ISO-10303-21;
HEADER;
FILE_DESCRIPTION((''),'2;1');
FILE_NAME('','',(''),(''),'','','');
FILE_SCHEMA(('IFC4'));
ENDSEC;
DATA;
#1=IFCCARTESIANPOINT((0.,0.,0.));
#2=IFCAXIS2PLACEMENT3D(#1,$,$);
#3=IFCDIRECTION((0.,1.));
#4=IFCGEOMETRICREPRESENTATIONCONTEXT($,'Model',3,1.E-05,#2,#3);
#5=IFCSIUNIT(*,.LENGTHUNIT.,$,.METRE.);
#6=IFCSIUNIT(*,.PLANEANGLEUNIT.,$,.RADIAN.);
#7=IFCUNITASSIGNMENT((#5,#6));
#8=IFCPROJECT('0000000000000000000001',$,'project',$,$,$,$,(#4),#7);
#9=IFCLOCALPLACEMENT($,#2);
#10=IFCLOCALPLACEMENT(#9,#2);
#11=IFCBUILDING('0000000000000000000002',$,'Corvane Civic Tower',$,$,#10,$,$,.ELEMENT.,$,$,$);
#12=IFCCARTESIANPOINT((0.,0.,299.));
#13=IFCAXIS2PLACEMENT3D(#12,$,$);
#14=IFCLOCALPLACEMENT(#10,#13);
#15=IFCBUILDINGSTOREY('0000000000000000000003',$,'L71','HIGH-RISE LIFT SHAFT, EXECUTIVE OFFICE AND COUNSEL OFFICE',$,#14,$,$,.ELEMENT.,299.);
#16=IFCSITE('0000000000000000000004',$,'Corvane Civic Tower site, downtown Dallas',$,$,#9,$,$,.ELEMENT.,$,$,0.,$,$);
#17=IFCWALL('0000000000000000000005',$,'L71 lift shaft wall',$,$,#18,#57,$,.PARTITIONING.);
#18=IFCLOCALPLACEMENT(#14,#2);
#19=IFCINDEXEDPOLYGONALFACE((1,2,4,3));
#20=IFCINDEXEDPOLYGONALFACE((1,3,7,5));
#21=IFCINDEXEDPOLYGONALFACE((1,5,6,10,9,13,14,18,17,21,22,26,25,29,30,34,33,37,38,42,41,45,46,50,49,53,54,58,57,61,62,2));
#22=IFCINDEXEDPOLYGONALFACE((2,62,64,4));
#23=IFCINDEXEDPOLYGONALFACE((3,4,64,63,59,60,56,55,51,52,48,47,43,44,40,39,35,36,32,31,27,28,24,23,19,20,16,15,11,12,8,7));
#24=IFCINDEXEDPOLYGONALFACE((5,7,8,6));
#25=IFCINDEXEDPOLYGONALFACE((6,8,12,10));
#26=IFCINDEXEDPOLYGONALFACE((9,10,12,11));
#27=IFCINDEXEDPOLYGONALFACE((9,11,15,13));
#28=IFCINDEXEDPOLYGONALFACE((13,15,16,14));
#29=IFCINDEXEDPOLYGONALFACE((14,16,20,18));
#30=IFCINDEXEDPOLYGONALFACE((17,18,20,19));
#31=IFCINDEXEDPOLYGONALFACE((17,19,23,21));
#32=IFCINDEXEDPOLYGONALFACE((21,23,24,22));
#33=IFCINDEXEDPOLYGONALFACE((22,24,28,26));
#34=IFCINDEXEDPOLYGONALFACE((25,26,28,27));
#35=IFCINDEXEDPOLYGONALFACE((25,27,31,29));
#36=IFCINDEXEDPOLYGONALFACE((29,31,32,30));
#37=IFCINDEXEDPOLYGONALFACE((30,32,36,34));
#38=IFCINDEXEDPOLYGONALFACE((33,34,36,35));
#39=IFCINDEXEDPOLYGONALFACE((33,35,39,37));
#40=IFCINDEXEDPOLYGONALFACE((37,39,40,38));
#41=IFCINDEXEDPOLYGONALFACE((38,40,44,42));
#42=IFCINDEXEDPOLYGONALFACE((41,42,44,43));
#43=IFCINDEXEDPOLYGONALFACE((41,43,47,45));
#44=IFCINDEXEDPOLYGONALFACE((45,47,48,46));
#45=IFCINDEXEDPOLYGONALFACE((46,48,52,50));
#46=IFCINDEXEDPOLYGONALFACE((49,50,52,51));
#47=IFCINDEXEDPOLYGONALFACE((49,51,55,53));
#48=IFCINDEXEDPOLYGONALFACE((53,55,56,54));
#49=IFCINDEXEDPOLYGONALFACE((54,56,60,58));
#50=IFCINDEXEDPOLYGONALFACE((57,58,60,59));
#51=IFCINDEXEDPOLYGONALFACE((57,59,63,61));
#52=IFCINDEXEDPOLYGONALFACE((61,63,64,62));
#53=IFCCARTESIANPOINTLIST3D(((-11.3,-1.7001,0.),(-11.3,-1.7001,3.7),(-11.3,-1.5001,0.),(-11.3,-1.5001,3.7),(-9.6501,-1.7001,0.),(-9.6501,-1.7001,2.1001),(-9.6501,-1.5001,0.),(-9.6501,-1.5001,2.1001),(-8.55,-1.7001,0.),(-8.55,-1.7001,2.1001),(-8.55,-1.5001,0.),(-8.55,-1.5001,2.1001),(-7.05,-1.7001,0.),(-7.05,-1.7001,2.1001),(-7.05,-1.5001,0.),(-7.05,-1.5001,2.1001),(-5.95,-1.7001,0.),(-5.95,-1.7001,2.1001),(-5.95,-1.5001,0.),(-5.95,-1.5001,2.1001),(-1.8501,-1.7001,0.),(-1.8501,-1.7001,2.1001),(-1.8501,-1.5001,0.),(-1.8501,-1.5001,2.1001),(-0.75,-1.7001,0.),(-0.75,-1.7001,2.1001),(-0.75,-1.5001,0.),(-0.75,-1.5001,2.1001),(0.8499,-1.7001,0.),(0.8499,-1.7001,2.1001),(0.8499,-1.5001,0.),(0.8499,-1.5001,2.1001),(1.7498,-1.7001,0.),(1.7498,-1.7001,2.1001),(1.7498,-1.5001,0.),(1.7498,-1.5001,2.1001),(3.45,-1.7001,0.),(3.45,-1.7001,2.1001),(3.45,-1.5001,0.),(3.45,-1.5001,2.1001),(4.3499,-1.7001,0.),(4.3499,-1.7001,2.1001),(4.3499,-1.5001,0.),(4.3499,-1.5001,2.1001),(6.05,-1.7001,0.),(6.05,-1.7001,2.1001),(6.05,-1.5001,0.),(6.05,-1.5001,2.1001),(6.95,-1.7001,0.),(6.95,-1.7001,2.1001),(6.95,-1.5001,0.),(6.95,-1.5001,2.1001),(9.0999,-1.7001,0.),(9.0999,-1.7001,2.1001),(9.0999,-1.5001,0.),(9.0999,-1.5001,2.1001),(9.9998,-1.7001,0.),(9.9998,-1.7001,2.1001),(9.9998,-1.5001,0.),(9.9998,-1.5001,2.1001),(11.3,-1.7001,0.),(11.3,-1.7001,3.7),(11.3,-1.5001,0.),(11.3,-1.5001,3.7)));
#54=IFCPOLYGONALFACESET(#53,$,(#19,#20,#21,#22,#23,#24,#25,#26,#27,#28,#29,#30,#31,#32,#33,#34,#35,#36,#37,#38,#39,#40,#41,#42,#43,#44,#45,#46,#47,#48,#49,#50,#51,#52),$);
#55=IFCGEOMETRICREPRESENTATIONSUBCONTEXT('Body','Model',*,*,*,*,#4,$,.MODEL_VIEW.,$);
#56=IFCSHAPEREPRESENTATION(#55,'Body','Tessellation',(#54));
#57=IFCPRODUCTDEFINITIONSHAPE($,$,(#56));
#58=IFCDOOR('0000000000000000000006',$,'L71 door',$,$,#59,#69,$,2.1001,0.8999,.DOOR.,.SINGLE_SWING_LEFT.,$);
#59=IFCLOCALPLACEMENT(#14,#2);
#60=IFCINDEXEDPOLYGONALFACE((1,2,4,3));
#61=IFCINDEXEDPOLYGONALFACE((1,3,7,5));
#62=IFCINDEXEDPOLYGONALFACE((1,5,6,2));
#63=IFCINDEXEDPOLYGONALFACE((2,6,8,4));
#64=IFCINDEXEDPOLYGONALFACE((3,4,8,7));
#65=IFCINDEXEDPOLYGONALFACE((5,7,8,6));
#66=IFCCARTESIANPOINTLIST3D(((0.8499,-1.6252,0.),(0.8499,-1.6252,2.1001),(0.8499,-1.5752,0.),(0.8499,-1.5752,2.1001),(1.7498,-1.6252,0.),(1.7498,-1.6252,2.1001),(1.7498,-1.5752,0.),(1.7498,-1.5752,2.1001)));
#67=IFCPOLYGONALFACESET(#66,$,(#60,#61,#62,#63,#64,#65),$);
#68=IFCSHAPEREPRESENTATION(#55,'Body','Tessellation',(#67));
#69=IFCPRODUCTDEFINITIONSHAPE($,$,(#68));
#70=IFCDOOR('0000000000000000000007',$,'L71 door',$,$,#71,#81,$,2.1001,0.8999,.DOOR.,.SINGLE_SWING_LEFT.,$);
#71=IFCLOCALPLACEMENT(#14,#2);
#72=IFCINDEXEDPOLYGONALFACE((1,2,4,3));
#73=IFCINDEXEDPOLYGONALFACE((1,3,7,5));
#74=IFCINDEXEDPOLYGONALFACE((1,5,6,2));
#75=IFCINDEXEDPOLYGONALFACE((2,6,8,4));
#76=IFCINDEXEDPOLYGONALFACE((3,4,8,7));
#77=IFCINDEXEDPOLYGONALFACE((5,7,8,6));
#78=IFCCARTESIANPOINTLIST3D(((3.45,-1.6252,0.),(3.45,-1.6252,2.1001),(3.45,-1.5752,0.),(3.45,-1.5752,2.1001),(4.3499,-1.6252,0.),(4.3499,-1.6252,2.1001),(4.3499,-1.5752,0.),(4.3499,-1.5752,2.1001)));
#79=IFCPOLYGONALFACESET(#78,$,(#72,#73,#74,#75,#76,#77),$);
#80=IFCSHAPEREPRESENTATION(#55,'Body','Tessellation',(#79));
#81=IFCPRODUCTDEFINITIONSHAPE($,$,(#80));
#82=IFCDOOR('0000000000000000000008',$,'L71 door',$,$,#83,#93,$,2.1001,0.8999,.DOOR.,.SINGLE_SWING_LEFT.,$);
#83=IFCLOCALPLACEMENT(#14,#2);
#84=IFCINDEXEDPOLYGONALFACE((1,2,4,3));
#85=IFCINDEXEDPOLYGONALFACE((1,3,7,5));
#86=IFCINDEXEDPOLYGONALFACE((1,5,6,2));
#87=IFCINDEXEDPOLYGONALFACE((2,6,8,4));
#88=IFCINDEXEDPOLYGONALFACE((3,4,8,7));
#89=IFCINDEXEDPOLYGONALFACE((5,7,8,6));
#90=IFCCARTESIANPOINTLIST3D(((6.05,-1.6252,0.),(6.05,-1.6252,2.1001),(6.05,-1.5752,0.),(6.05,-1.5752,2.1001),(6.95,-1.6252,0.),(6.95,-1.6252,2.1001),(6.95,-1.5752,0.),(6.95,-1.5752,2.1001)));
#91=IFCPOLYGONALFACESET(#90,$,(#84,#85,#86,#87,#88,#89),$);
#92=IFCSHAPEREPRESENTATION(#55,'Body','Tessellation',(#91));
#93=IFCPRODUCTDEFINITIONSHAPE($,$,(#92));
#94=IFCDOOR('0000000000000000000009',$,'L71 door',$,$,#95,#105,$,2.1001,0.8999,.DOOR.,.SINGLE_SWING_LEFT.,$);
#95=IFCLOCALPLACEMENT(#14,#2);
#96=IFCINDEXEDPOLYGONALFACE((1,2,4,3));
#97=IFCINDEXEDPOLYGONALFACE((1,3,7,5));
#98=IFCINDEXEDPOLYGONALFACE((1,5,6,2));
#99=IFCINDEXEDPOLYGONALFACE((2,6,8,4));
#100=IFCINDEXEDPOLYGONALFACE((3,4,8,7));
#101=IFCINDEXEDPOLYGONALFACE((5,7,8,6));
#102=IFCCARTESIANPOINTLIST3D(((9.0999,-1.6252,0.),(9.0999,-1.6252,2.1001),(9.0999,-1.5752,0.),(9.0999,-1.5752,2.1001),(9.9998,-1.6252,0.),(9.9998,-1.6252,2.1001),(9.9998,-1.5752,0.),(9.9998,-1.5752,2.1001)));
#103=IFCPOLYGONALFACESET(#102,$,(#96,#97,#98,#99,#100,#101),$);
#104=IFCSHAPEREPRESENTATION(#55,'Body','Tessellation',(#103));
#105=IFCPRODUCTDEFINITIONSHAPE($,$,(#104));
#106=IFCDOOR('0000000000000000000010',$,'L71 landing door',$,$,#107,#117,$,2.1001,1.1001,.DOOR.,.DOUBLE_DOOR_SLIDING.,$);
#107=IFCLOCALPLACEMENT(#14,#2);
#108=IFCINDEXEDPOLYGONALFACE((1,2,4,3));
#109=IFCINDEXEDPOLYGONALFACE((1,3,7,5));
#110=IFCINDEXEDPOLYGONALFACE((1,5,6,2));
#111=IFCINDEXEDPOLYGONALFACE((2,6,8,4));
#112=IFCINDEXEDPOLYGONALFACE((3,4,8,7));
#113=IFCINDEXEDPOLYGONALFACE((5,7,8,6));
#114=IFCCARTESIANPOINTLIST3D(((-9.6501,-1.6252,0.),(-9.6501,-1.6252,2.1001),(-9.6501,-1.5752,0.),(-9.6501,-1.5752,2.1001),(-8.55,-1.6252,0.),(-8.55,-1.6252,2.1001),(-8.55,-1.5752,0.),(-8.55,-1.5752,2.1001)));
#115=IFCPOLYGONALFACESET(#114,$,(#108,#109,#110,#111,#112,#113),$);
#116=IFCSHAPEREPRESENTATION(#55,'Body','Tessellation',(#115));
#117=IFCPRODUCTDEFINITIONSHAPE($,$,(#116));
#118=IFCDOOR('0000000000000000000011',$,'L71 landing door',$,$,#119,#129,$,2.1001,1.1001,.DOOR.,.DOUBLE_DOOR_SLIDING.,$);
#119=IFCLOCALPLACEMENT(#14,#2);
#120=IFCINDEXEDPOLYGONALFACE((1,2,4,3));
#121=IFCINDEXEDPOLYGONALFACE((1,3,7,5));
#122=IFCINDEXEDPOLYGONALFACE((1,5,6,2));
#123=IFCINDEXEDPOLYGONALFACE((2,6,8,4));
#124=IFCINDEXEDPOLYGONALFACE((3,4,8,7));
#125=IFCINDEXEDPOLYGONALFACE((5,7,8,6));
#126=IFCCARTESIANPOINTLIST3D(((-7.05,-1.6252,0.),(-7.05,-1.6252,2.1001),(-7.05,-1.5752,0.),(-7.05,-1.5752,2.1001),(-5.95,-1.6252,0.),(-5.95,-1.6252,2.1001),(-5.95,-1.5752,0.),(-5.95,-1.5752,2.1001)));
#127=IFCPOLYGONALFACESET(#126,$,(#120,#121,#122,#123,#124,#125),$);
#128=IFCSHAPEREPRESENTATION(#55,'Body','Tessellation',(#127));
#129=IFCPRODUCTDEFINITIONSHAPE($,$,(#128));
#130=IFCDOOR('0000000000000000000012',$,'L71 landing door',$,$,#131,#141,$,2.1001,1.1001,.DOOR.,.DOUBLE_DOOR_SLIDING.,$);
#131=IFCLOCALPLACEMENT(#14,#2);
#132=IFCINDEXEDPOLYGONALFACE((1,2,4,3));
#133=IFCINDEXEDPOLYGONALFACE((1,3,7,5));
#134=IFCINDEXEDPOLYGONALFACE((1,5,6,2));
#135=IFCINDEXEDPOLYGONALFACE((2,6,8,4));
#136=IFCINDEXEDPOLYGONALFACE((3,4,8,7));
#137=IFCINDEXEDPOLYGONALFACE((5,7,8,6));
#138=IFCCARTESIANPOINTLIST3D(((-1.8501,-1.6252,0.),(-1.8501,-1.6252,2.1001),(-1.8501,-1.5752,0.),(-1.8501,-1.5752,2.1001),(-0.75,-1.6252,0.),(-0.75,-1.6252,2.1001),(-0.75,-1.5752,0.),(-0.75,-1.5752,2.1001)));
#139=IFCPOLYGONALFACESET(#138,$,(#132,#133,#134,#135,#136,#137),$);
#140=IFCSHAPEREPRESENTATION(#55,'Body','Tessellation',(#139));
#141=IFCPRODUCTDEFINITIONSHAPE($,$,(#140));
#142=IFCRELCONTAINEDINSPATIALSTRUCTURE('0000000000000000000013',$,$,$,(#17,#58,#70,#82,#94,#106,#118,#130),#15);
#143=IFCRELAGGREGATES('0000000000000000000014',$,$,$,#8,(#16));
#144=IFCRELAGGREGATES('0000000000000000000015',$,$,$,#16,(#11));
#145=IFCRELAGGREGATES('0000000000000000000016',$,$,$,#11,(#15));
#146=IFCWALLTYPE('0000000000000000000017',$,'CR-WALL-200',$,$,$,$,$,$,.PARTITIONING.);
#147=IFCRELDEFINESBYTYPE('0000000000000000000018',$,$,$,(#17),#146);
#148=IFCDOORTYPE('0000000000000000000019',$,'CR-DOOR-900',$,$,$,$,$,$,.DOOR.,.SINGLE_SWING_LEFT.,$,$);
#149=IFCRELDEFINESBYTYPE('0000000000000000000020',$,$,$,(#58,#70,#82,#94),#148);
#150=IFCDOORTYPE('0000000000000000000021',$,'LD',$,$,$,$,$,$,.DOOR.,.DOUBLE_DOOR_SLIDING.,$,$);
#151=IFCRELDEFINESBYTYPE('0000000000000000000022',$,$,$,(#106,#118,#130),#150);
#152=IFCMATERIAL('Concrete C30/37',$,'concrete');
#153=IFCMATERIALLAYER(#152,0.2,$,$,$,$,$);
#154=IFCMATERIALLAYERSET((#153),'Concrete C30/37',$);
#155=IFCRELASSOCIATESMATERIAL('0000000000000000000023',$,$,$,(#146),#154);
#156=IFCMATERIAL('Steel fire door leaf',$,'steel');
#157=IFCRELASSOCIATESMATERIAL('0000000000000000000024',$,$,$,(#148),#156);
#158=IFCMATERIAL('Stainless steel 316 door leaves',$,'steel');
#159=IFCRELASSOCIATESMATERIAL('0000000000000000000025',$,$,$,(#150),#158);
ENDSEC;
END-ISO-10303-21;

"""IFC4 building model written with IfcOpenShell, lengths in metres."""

from ifc_helpers import new_model, si_unit, direction, frame, frame_2d, origin, place, context, subcontext, project, spatial, rectangle, extrude, material, layer, layer_set, type_object, element, fill, save


model = new_model("IFC4")

# Units and contexts
model_context = context("Model", 3, precision=1e-05, world=origin(), true_north=direction((0.0, 1.0)))
body_context = subcontext(model_context, "Body", "Model", "MODEL_VIEW")
ifc_project = project(units=[si_unit("LENGTHUNIT", "METRE"), si_unit("PLANEANGLEUNIT", "RADIAN")], contexts=[model_context])

# Site, building, storey
site_placement = place(None, origin())
site = spatial("IfcSite", under=ifc_project, at=site_placement, Name="Corvane Civic Tower site, downtown Dallas", CompositionType="ELEMENT", RefElevation=0.0)
building_placement = place(site_placement, origin())
building = spatial("IfcBuilding", under=site, at=building_placement, Name="Corvane Civic Tower", CompositionType="ELEMENT")
storey_placement = place(building_placement, frame((0.0, 0.0, 299.0)))
storey = spatial("IfcBuildingStorey", under=building, at=storey_placement, Name="L71", Description="HIGH-RISE LIFT SHAFT, EXECUTIVE OFFICE AND COUNSEL OFFICE", CompositionType="ELEMENT", Elevation=299.0)

# Wall, openings, doors
ifc_material_1 = material(Name="Concrete C30/37", Category="concrete")
ifc_layer_1 = layer(ifc_material_1, 0.2)
ifc_layer_set_1 = layer_set([ifc_layer_1], Name="Concrete C30/37")
wall_type_1 = type_object("IfcWallType", Name="CR-WALL-200", PredefinedType="PARTITIONING", material=ifc_layer_set_1)
ifc_material_2 = material(Name="Steel fire door leaf", Category="steel")
door_type_1 = type_object("IfcDoorType", Name="CR-DOOR-900", OperationType="SINGLE_SWING_LEFT", PredefinedType="DOOR", material=ifc_material_2)
wall_1_placement = place(storey_placement, frame((-11.3, -1.6001, 0.0), z_axis=(0.0, 0.0, 1.0), x_axis=(1.0, 0.0, 0.0)))
wall_1 = element("IfcWall", 1, at=wall_1_placement, inside=storey, type_object=wall_type_1, Name="L71 lift shaft wall", PredefinedType="PARTITIONING", context=body_context, shape_type="SweptSolid", body=[
    extrude(rectangle(XDim=22.6001, YDim=0.2, at=frame_2d((11.3, 0.0))), origin(), (0.0, 0.0, 1.0), 3.7),
])
opening_1_placement = place(wall_1_placement, frame((1.6499, 0.0, 0.0)))
opening_1 = element("IfcOpeningElement", 2, at=opening_1_placement, cuts=wall_1, PredefinedType="OPENING", context=body_context, shape_type="SweptSolid", body=[
    extrude(rectangle(XDim=1.1001, YDim=2.1001, at=frame_2d((0.55, 1.05))), frame((0.0, 0.1099, 0.0), z_axis=(0.0, -1.0, 0.0), x_axis=(1.0, 0.0, 0.0)), (0.0, 0.0, 1.0), 0.22),
])
opening_2_placement = place(wall_1_placement, frame((4.25, 0.0, 0.0)))
opening_2 = element("IfcOpeningElement", 3, at=opening_2_placement, cuts=wall_1, PredefinedType="OPENING", context=body_context, shape_type="SweptSolid", body=[
    extrude(rectangle(XDim=1.1001, YDim=2.1001, at=frame_2d((0.55, 1.05))), frame((0.0, 0.1099, 0.0), z_axis=(0.0, -1.0, 0.0), x_axis=(1.0, 0.0, 0.0)), (0.0, 0.0, 1.0), 0.22),
])
opening_3_placement = place(wall_1_placement, frame((9.45, 0.0, 0.0)))
opening_3 = element("IfcOpeningElement", 4, at=opening_3_placement, cuts=wall_1, PredefinedType="OPENING", context=body_context, shape_type="SweptSolid", body=[
    extrude(rectangle(XDim=1.1001, YDim=2.1001, at=frame_2d((0.55, 1.05))), frame((0.0, 0.1099, 0.0), z_axis=(0.0, -1.0, 0.0), x_axis=(1.0, 0.0, 0.0)), (0.0, 0.0, 1.0), 0.22),
])
opening_4_placement = place(wall_1_placement, frame((12.1499, 0.0, 0.0)))
opening_4 = element("IfcOpeningElement", 5, at=opening_4_placement, cuts=wall_1, PredefinedType="OPENING", context=body_context, shape_type="SweptSolid", body=[
    extrude(rectangle(XDim=0.8999, YDim=2.1001, at=frame_2d((0.45, 1.05))), frame((0.0, 0.1099, 0.0), z_axis=(0.0, -1.0, 0.0), x_axis=(1.0, 0.0, 0.0)), (0.0, 0.0, 1.0), 0.22),
])
opening_5_placement = place(wall_1_placement, frame((14.75, 0.0, 0.0)))
opening_5 = element("IfcOpeningElement", 6, at=opening_5_placement, cuts=wall_1, PredefinedType="OPENING", context=body_context, shape_type="SweptSolid", body=[
    extrude(rectangle(XDim=0.8999, YDim=2.1001, at=frame_2d((0.45, 1.05))), frame((0.0, 0.1099, 0.0), z_axis=(0.0, -1.0, 0.0), x_axis=(1.0, 0.0, 0.0)), (0.0, 0.0, 1.0), 0.22),
])
opening_6_placement = place(wall_1_placement, frame((17.3501, 0.0, 0.0)))
opening_6 = element("IfcOpeningElement", 7, at=opening_6_placement, cuts=wall_1, PredefinedType="OPENING", context=body_context, shape_type="SweptSolid", body=[
    extrude(rectangle(XDim=0.8999, YDim=2.1001, at=frame_2d((0.45, 1.05))), frame((0.0, 0.1099, 0.0), z_axis=(0.0, -1.0, 0.0), x_axis=(1.0, 0.0, 0.0)), (0.0, 0.0, 1.0), 0.22),
])
opening_7_placement = place(wall_1_placement, frame((20.3999, 0.0, 0.0)))
opening_7 = element("IfcOpeningElement", 8, at=opening_7_placement, cuts=wall_1, PredefinedType="OPENING", context=body_context, shape_type="SweptSolid", body=[
    extrude(rectangle(XDim=0.8999, YDim=2.1001, at=frame_2d((0.45, 1.05))), frame((0.0, 0.1099, 0.0), z_axis=(0.0, -1.0, 0.0), x_axis=(1.0, 0.0, 0.0)), (0.0, 0.0, 1.0), 0.22),
])
door_1_placement = place(opening_4_placement, origin())
door_1 = element("IfcDoor", 9, at=door_1_placement, inside=storey, type_object=door_type_1, Name="L71 door", OperationType="SINGLE_SWING_LEFT", OverallHeight=2.1001, OverallWidth=0.8999, PredefinedType="DOOR", context=body_context, shape_type="SweptSolid", body=[
    extrude(rectangle(XDim=0.8999, YDim=2.1001, at=frame_2d((0.45, 1.05))), frame((0.0, 0.0249, 0.0), z_axis=(0.0, -1.0, 0.0), x_axis=(1.0, 0.0, 0.0)), (0.0, 0.0, 1.0), 0.05),
])
fill(opening_4, door_1)
door_2_placement = place(opening_5_placement, origin())
door_2 = element("IfcDoor", 10, at=door_2_placement, inside=storey, type_object=door_type_1, Name="L71 door", OperationType="SINGLE_SWING_LEFT", OverallHeight=2.1001, OverallWidth=0.8999, PredefinedType="DOOR", context=body_context, shape_type="SweptSolid", body=[
    extrude(rectangle(XDim=0.8999, YDim=2.1001, at=frame_2d((0.45, 1.05))), frame((0.0, 0.0249, 0.0), z_axis=(0.0, -1.0, 0.0), x_axis=(1.0, 0.0, 0.0)), (0.0, 0.0, 1.0), 0.05),
])
fill(opening_5, door_2)
door_3_placement = place(opening_6_placement, origin())
door_3 = element("IfcDoor", 11, at=door_3_placement, inside=storey, type_object=door_type_1, Name="L71 door", OperationType="SINGLE_SWING_LEFT", OverallHeight=2.1001, OverallWidth=0.8999, PredefinedType="DOOR", context=body_context, shape_type="SweptSolid", body=[
    extrude(rectangle(XDim=0.8999, YDim=2.1001, at=frame_2d((0.45, 1.05))), frame((0.0, 0.0249, 0.0), z_axis=(0.0, -1.0, 0.0), x_axis=(1.0, 0.0, 0.0)), (0.0, 0.0, 1.0), 0.05),
])
fill(opening_6, door_3)
door_4_placement = place(opening_7_placement, origin())
door_4 = element("IfcDoor", 12, at=door_4_placement, inside=storey, type_object=door_type_1, Name="L71 door", OperationType="SINGLE_SWING_LEFT", OverallHeight=2.1001, OverallWidth=0.8999, PredefinedType="DOOR", context=body_context, shape_type="SweptSolid", body=[
    extrude(rectangle(XDim=0.8999, YDim=2.1001, at=frame_2d((0.45, 1.05))), frame((0.0, 0.0249, 0.0), z_axis=(0.0, -1.0, 0.0), x_axis=(1.0, 0.0, 0.0)), (0.0, 0.0, 1.0), 0.05),
])
fill(opening_7, door_4)
ifc_material_3 = material(Name="Stainless steel 316 door leaves", Category="steel")
door_type_2 = type_object("IfcDoorType", Name="LD", OperationType="DOUBLE_DOOR_SLIDING", PredefinedType="DOOR", material=ifc_material_3)
door_5_placement = place(opening_1_placement, origin())
door_5 = element("IfcDoor", 13, at=door_5_placement, inside=storey, type_object=door_type_2, Name="L71 landing door", OperationType="DOUBLE_DOOR_SLIDING", OverallHeight=2.1001, OverallWidth=1.1001, PredefinedType="DOOR", context=body_context, shape_type="SweptSolid", body=[
    extrude(rectangle(XDim=1.1001, YDim=2.1001, at=frame_2d((0.55, 1.05))), frame((0.0, 0.0249, 0.0), z_axis=(0.0, -1.0, 0.0), x_axis=(1.0, 0.0, 0.0)), (0.0, 0.0, 1.0), 0.05),
])
fill(opening_1, door_5)
door_6_placement = place(opening_2_placement, origin())
door_6 = element("IfcDoor", 14, at=door_6_placement, inside=storey, type_object=door_type_2, Name="L71 landing door", OperationType="DOUBLE_DOOR_SLIDING", OverallHeight=2.1001, OverallWidth=1.1001, PredefinedType="DOOR", context=body_context, shape_type="SweptSolid", body=[
    extrude(rectangle(XDim=1.1001, YDim=2.1001, at=frame_2d((0.55, 1.05))), frame((0.0, 0.0249, 0.0), z_axis=(0.0, -1.0, 0.0), x_axis=(1.0, 0.0, 0.0)), (0.0, 0.0, 1.0), 0.05),
])
fill(opening_2, door_6)
door_7_placement = place(opening_3_placement, origin())
door_7 = element("IfcDoor", 15, at=door_7_placement, inside=storey, type_object=door_type_2, Name="L71 landing door", OperationType="DOUBLE_DOOR_SLIDING", OverallHeight=2.1001, OverallWidth=1.1001, PredefinedType="DOOR", context=body_context, shape_type="SweptSolid", body=[
    extrude(rectangle(XDim=1.1001, YDim=2.1001, at=frame_2d((0.55, 1.05))), frame((0.0, 0.0249, 0.0), z_axis=(0.0, -1.0, 0.0), x_axis=(1.0, 0.0, 0.0)), (0.0, 0.0, 1.0), 0.05),
])
fill(opening_3, door_7)

save(model, "model.ifc")
